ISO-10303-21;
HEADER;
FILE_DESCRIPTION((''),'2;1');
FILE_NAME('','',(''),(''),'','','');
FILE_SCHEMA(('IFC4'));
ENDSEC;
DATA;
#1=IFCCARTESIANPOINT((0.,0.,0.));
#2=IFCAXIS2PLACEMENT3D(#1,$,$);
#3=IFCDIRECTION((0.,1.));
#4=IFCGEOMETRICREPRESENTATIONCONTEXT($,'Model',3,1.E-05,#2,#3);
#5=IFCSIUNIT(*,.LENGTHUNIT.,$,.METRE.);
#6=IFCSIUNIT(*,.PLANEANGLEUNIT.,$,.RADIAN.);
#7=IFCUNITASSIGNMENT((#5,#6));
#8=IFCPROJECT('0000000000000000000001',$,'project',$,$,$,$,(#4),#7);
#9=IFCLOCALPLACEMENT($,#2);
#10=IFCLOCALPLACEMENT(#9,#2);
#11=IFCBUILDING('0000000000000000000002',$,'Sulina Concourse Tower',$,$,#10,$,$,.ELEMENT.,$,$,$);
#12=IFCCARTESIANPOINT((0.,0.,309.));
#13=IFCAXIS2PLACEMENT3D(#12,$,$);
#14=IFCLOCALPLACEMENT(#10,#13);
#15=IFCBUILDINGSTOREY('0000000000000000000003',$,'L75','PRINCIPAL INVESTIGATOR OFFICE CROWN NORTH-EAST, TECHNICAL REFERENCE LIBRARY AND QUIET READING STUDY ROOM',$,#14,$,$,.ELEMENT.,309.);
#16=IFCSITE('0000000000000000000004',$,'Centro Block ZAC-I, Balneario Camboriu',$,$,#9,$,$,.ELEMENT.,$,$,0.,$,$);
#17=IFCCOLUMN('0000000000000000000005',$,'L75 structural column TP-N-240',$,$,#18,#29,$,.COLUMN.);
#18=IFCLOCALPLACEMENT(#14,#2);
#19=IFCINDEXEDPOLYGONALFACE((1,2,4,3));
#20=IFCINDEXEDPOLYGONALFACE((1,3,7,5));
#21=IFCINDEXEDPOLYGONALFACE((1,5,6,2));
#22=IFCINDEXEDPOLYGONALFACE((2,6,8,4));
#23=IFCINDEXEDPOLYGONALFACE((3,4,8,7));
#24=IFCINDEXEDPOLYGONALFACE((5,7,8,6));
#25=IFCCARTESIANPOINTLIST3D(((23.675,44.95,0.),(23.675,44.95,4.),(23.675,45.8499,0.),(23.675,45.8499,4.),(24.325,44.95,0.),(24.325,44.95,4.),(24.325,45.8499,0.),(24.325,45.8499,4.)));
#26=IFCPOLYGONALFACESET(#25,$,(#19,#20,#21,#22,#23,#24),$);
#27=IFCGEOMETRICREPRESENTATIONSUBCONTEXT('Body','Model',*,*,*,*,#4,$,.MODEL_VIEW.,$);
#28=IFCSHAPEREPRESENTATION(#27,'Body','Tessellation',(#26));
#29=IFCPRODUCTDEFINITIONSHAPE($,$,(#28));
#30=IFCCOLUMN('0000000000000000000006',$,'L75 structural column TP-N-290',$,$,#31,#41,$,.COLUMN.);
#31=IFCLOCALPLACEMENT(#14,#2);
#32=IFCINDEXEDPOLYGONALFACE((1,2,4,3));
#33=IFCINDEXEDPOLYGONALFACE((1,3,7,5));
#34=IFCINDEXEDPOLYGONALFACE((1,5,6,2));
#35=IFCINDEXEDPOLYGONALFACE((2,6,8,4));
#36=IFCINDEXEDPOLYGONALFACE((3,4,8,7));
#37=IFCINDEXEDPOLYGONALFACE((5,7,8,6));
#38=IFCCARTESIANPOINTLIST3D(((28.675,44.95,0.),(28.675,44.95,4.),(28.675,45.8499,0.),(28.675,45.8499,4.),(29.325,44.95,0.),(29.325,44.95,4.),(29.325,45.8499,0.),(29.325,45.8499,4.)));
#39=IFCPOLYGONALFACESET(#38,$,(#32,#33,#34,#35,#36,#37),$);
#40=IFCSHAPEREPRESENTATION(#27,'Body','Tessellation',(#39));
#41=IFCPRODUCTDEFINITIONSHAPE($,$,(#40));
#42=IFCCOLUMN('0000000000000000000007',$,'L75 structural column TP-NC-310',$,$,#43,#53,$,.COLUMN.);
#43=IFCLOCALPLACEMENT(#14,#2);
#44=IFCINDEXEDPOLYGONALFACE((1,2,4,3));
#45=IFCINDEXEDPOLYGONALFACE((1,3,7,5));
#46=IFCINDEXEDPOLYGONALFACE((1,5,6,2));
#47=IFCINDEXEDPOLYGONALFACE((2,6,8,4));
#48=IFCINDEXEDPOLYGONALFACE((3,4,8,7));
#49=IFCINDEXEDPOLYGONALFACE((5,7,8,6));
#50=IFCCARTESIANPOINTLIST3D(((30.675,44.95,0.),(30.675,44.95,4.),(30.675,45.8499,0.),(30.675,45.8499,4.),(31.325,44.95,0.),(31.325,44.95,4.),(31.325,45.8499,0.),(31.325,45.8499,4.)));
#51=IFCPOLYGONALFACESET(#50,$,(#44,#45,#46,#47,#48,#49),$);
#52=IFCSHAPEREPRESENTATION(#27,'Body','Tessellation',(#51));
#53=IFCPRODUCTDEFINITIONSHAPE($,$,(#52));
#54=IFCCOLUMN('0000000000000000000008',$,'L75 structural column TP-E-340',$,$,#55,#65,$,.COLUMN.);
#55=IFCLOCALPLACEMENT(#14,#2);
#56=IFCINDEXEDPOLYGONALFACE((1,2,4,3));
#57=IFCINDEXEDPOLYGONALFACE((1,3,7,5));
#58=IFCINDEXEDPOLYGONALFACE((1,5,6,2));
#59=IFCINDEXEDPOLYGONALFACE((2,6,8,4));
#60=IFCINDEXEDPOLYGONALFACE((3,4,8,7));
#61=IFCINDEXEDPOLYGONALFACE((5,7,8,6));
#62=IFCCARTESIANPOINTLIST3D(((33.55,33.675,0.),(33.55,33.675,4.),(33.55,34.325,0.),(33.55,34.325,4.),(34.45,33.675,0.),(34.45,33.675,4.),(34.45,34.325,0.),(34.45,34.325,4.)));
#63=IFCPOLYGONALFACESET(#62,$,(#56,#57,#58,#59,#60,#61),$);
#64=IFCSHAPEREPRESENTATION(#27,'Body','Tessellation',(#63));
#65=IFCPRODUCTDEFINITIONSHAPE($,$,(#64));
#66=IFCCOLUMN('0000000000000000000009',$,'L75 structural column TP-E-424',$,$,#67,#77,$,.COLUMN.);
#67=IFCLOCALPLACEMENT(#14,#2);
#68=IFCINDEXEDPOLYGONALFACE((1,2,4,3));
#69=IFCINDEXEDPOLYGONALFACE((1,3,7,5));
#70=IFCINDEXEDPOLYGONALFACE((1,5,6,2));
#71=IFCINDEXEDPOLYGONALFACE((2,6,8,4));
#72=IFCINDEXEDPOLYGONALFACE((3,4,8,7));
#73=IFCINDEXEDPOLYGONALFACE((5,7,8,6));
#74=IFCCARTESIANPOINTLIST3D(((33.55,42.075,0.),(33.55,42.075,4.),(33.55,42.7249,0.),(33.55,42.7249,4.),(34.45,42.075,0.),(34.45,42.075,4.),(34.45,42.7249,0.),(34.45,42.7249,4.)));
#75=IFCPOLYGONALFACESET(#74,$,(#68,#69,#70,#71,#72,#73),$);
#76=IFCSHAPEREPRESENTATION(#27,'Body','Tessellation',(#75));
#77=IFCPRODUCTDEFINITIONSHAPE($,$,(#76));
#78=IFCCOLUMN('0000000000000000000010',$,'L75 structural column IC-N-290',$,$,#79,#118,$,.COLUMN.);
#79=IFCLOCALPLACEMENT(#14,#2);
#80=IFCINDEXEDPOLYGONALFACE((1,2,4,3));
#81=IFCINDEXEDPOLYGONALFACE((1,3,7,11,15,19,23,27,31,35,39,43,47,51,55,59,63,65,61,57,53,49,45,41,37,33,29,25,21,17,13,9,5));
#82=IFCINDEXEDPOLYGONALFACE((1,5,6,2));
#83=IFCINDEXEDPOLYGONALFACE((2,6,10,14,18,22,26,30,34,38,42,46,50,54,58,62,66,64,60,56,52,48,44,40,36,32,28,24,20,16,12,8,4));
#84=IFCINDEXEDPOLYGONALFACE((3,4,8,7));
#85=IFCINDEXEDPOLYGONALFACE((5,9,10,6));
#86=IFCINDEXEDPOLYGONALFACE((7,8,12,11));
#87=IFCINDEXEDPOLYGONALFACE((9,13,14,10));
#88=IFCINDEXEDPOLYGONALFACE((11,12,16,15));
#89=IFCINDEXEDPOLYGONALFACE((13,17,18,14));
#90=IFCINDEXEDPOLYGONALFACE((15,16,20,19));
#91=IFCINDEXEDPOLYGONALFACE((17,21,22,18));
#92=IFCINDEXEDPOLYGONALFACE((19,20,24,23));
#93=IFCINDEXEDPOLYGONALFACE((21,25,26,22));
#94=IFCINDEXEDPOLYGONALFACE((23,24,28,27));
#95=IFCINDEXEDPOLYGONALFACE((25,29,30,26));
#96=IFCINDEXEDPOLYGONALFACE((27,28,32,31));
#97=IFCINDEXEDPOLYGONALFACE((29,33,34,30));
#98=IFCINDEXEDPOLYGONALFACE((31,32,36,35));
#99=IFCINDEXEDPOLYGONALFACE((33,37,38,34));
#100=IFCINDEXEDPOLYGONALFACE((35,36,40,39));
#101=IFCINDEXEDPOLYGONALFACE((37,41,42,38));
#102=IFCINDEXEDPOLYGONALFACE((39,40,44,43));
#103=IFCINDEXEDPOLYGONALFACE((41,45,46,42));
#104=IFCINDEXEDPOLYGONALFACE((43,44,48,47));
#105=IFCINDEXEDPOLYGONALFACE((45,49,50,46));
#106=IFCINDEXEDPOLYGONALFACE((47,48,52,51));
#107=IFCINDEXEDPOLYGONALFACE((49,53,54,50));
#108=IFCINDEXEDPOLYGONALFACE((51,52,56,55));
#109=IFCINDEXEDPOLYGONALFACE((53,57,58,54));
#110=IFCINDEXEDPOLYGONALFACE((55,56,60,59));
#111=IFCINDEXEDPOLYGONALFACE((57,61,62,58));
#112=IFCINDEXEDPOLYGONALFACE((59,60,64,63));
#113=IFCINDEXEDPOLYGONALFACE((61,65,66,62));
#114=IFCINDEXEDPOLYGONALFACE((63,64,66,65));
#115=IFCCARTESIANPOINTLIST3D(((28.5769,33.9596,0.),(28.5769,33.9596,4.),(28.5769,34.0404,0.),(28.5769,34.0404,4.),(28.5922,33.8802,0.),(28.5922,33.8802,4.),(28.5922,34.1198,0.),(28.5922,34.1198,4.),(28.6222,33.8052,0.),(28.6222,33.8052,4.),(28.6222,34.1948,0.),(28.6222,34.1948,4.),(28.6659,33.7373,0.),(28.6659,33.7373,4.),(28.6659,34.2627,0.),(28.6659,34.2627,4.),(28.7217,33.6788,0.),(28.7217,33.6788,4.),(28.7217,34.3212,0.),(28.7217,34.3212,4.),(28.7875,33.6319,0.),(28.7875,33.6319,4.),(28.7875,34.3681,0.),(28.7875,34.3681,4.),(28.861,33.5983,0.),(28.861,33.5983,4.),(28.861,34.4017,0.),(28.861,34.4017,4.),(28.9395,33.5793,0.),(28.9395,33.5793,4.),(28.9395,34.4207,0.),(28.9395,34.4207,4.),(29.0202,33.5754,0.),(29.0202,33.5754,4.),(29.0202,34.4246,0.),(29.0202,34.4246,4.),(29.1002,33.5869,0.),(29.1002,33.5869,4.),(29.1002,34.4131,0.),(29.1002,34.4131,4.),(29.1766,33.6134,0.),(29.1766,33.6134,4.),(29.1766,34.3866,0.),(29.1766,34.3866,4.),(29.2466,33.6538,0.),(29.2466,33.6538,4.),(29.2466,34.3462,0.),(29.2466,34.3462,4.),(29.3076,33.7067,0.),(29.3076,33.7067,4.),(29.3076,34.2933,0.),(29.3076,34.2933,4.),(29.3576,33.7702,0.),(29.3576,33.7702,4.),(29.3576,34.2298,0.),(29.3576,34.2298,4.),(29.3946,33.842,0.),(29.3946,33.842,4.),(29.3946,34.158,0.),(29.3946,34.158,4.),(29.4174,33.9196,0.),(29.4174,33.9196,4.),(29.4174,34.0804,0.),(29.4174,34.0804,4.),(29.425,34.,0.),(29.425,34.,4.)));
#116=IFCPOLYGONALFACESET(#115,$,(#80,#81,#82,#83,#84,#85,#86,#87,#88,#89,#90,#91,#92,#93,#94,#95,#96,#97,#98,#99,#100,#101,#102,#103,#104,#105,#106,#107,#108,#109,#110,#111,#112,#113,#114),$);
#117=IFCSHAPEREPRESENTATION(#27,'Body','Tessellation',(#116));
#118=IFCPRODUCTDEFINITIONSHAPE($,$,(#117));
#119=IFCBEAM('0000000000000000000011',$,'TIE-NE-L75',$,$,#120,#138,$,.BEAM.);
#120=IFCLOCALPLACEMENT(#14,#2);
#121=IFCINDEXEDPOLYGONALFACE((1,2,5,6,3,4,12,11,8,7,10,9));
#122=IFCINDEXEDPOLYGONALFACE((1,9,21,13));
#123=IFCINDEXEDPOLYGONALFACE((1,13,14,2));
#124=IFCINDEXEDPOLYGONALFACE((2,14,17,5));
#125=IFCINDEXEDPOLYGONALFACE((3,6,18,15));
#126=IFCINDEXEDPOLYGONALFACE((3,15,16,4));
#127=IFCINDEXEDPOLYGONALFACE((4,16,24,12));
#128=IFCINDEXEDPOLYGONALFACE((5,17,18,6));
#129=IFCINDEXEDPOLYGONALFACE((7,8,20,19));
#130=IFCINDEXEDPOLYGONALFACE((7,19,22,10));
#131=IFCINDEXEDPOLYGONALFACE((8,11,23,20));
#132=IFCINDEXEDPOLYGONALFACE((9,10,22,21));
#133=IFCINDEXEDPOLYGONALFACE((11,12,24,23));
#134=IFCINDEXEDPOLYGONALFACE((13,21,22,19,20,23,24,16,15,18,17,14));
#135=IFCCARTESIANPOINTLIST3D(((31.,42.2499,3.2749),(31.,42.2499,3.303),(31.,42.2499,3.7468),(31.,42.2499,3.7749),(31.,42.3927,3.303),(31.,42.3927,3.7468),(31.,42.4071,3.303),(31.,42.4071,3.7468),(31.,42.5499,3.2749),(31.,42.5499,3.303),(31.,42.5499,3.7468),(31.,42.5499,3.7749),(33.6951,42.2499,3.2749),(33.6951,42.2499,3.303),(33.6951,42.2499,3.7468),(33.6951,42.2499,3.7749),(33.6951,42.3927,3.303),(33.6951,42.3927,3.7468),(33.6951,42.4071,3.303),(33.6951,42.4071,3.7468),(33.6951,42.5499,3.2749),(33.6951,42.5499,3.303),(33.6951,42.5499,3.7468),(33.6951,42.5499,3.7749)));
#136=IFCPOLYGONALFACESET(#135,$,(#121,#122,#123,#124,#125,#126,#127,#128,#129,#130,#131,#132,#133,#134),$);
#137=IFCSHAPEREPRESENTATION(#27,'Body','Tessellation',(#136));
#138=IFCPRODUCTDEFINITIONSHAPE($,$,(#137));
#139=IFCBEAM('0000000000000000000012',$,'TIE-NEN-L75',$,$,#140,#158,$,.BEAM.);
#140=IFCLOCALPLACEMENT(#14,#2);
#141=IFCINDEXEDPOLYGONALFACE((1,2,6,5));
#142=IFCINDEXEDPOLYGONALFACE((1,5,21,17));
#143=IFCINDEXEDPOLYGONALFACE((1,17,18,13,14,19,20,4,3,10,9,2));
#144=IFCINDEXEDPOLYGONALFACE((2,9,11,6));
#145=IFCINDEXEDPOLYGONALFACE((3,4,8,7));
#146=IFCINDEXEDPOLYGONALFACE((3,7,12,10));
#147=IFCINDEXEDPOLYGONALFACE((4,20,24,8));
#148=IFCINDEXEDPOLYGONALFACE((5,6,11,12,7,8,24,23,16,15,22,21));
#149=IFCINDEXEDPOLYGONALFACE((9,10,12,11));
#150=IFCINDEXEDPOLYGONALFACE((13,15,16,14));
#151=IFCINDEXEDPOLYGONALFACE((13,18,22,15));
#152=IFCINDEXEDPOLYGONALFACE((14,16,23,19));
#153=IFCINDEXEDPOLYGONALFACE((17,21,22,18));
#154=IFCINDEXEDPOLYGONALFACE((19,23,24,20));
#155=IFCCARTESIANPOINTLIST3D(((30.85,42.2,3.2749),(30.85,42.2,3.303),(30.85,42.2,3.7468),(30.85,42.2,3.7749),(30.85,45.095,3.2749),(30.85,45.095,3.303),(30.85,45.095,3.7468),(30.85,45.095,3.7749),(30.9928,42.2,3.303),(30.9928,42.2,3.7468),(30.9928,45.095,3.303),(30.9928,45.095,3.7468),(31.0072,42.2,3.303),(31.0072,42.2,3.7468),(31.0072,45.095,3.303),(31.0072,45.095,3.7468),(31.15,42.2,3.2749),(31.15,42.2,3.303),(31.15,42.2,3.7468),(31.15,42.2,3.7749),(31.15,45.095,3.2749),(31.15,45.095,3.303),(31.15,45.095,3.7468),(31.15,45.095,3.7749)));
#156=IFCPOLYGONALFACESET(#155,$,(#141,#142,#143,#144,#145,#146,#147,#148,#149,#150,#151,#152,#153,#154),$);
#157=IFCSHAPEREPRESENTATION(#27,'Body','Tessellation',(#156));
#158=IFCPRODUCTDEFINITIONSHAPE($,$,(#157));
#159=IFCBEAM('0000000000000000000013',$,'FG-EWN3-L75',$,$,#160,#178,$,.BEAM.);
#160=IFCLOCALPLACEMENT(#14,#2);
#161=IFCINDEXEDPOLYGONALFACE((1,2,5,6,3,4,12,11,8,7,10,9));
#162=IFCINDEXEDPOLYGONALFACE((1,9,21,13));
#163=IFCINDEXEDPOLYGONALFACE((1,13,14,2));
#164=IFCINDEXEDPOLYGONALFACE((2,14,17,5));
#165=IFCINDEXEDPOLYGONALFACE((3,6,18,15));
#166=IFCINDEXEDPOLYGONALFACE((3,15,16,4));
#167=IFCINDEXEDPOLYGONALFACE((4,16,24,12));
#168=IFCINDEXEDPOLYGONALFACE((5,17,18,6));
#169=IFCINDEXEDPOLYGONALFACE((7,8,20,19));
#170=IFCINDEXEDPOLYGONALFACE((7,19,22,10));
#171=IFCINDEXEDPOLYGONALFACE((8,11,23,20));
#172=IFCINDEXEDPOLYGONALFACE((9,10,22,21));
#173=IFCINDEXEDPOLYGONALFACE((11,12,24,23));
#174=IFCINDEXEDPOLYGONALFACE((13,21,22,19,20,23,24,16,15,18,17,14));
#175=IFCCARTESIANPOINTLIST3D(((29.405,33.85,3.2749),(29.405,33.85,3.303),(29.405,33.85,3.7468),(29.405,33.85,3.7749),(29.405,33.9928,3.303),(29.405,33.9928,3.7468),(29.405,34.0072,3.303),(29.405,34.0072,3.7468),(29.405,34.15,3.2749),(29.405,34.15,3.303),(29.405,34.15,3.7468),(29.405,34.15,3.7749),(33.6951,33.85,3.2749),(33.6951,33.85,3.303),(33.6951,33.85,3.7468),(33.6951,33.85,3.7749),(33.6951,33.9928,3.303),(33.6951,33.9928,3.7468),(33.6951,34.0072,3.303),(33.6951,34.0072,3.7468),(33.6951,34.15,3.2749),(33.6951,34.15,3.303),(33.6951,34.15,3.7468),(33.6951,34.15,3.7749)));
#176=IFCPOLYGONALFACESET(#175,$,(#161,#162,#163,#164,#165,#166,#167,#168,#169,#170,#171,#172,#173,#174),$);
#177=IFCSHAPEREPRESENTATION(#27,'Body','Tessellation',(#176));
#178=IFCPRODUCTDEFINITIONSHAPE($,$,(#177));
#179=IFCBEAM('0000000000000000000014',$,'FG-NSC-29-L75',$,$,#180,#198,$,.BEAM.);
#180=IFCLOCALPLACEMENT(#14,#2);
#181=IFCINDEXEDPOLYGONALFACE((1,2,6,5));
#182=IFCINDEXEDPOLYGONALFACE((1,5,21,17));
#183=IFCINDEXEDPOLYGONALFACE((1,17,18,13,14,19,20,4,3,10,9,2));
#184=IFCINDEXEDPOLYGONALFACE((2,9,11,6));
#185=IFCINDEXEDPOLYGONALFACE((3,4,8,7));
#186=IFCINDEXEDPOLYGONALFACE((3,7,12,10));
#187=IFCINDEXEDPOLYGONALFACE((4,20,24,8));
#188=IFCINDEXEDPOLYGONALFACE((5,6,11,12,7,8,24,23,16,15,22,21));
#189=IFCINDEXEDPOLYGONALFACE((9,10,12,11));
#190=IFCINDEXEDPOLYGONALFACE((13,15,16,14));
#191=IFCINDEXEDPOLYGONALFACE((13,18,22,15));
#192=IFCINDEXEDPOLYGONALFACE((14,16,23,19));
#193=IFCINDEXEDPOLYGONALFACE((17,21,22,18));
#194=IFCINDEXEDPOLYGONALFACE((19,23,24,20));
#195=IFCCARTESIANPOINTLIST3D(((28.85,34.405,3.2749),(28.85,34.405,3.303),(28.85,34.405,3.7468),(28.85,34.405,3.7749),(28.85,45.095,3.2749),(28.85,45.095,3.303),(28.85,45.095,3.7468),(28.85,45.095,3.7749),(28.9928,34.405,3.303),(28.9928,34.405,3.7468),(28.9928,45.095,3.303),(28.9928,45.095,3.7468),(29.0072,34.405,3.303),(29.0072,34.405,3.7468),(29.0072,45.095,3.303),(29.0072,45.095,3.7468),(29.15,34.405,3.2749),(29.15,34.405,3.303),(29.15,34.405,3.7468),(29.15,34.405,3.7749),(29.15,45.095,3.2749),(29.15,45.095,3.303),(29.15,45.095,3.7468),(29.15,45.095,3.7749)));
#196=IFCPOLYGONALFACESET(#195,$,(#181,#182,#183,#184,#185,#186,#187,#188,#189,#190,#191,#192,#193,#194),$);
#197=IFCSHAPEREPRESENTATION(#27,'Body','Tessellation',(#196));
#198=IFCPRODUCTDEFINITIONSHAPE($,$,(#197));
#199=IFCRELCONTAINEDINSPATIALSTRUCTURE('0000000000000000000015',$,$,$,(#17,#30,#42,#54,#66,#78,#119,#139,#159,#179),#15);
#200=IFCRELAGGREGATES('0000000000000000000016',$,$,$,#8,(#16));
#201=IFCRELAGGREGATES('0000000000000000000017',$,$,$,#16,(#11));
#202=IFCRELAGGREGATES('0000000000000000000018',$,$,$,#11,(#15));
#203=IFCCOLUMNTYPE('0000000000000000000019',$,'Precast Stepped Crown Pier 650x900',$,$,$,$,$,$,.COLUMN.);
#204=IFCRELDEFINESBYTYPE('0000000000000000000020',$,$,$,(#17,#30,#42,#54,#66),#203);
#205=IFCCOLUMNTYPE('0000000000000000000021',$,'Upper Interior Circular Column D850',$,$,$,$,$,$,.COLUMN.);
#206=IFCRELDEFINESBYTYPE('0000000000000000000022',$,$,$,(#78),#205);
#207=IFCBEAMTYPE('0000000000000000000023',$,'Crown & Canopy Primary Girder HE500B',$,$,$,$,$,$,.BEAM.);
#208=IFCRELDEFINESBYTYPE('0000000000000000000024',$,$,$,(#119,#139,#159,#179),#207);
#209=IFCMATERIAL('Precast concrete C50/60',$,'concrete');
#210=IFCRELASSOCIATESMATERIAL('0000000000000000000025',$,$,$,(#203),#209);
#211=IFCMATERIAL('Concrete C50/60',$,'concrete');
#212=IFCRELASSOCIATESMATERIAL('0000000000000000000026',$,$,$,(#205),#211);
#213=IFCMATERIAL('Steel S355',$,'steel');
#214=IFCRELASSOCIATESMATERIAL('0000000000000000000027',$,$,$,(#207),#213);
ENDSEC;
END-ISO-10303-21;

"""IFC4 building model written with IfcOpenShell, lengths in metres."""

from ifc_helpers import new_model, si_unit, direction, frame, origin, origin_2d, place, context, subcontext, project, spatial, rectangle, circle, i_section, extrude, material, material_profile, profile_set, type_object, element, save


model = new_model("IFC4")

# Units and contexts
model_context = context("Model", 3, precision=1e-05, world=origin(), true_north=direction((0.0, 1.0)))
body_context = subcontext(model_context, "Body", "Model", "MODEL_VIEW")
ifc_project = project(units=[si_unit("LENGTHUNIT", "METRE"), si_unit("PLANEANGLEUNIT", "RADIAN")], contexts=[model_context])

# Site, building, storey
site_placement = place(None, origin())
site = spatial("IfcSite", under=ifc_project, at=site_placement, Name="Centro Block ZAC-I, Balneario Camboriu", CompositionType="ELEMENT", RefElevation=0.0)
building_placement = place(site_placement, origin())
building = spatial("IfcBuilding", under=site, at=building_placement, Name="Sulina Concourse Tower", CompositionType="ELEMENT")
storey_placement = place(building_placement, frame((0.0, 0.0, 309.0)))
storey = spatial("IfcBuildingStorey", under=building, at=storey_placement, Name="L75", Description="PRINCIPAL INVESTIGATOR OFFICE CROWN NORTH-EAST, TECHNICAL REFERENCE LIBRARY AND QUIET READING STUDY ROOM", CompositionType="ELEMENT", Elevation=309.0)

# Columns
ifc_material_1 = material(Name="Precast concrete C50/60", Category="concrete")
ifc_material_profile_1 = material_profile(ifc_material_1, rectangle(XDim=0.6499, YDim=0.8999, at=origin_2d()), Name="PC 650x900")
ifc_profile_set_1 = profile_set([ifc_material_profile_1], Name="Precast concrete C50/60")
column_type_1 = type_object("IfcColumnType", Name="Precast Stepped Crown Pier 650x900", PredefinedType="COLUMN", material=ifc_profile_set_1)
for number, where, z_axis, x_axis, name in (
    (1, (24.0, 45.3999, 0.0), (0.0, 0.0, 1.0), (1.0, 0.0, 0.0), "L75 structural column TP-N-240"),
    (2, (29.0, 45.3999, 0.0), (0.0, 0.0, 1.0), (1.0, 0.0, 0.0), "L75 structural column TP-N-290"),
    (3, (31.0, 45.3999, 0.0), (0.0, 0.0, 1.0), (1.0, 0.0, 0.0), "L75 structural column TP-NC-310"),
    (4, (34.0, 34.0, 0.0), (0.0, 0.0, 1.0), (0.0, 1.0, 0.0), "L75 structural column TP-E-340"),
    (5, (34.0, 42.3999, 0.0), (0.0, 0.0, 1.0), (0.0, 1.0, 0.0), "L75 structural column TP-E-424"),
):
    element("IfcColumn", number, at=place(storey_placement, frame(where, z_axis=z_axis, x_axis=x_axis)), inside=storey, type_object=column_type_1, Name=name, PredefinedType="COLUMN", context=body_context, shape_type="SweptSolid", body=[
        extrude(rectangle(XDim=0.6499, YDim=0.8999, at=origin_2d()), origin(), (0.0, 0.0, 1.0), 4.0),
    ])
ifc_material_2 = material(Name="Concrete C50/60", Category="concrete")
ifc_material_profile_2 = material_profile(ifc_material_2, circle(Radius=0.425, at=origin_2d()), Name="RC D850")
ifc_profile_set_2 = profile_set([ifc_material_profile_2], Name="Concrete C50/60")
column_type_2 = type_object("IfcColumnType", Name="Upper Interior Circular Column D850", PredefinedType="COLUMN", material=ifc_profile_set_2)
column_placement = place(storey_placement, frame((29.0, 34.0, 0.0), z_axis=(0.0, 0.0, 1.0), x_axis=(1.0, 0.0, 0.0)))
element("IfcColumn", 6, at=column_placement, inside=storey, type_object=column_type_2, Name="L75 structural column IC-N-290", PredefinedType="COLUMN", context=body_context, shape_type="SweptSolid", body=[
    extrude(circle(Radius=0.425, at=origin_2d()), origin(), (0.0, 0.0, 1.0), 4.0),
])

# Beams
ifc_material_3 = material(Name="Steel S355", Category="steel")
ifc_material_profile_3 = material_profile(ifc_material_3, i_section(OverallWidth=0.3, OverallDepth=0.5, WebThickness=0.0144, FlangeThickness=0.0281, at=origin_2d()), Name="HE 500 B")
ifc_profile_set_3 = profile_set([ifc_material_profile_3], Name="Steel S355")
beam_type_1 = type_object("IfcBeamType", Name="Crown & Canopy Primary Girder HE500B", PredefinedType="BEAM", material=ifc_profile_set_3)
beam_1_placement = place(storey_placement, frame((31.0, 42.3999, 3.5249), z_axis=(1.0, 0.0, 0.0), x_axis=(0.0, 1.0, 0.0)))
element("IfcBeam", 7, at=beam_1_placement, inside=storey, type_object=beam_type_1, Name="TIE-NE-L75", PredefinedType="BEAM", context=body_context, shape_type="SweptSolid", body=[
    extrude(i_section(OverallWidth=0.3, OverallDepth=0.5, WebThickness=0.0144, FlangeThickness=0.0281, at=origin_2d()), origin(), (0.0, 0.0, 1.0), 2.6951),
])
beam_2_placement = place(storey_placement, frame((31.0, 42.2, 3.5249), z_axis=(0.0, 1.0, 0.0), x_axis=(-1.0, 0.0, 0.0)))
element("IfcBeam", 8, at=beam_2_placement, inside=storey, type_object=beam_type_1, Name="TIE-NEN-L75", PredefinedType="BEAM", context=body_context, shape_type="SweptSolid", body=[
    extrude(i_section(OverallWidth=0.3, OverallDepth=0.5, WebThickness=0.0144, FlangeThickness=0.0281, at=origin_2d()), origin(), (0.0, 0.0, 1.0), 2.895),
])
beam_3_placement = place(storey_placement, frame((29.405, 34.0, 3.5249), z_axis=(1.0, 0.0, 0.0), x_axis=(0.0, 1.0, 0.0)))
element("IfcBeam", 9, at=beam_3_placement, inside=storey, type_object=beam_type_1, Name="FG-EWN3-L75", PredefinedType="BEAM", context=body_context, shape_type="SweptSolid", body=[
    extrude(i_section(OverallWidth=0.3, OverallDepth=0.5, WebThickness=0.0144, FlangeThickness=0.0281, at=origin_2d()), origin(), (0.0, 0.0, 1.0), 4.29),
])
beam_4_placement = place(storey_placement, frame((29.0, 34.405, 3.5249), z_axis=(0.0, 1.0, 0.0), x_axis=(-1.0, 0.0, 0.0)))
element("IfcBeam", 10, at=beam_4_placement, inside=storey, type_object=beam_type_1, Name="FG-NSC-29-L75", PredefinedType="BEAM", context=body_context, shape_type="SweptSolid", body=[
    extrude(i_section(OverallWidth=0.3, OverallDepth=0.5, WebThickness=0.0144, FlangeThickness=0.0281, at=origin_2d()), origin(), (0.0, 0.0, 1.0), 10.6899),
])

save(model, "model.ifc")
